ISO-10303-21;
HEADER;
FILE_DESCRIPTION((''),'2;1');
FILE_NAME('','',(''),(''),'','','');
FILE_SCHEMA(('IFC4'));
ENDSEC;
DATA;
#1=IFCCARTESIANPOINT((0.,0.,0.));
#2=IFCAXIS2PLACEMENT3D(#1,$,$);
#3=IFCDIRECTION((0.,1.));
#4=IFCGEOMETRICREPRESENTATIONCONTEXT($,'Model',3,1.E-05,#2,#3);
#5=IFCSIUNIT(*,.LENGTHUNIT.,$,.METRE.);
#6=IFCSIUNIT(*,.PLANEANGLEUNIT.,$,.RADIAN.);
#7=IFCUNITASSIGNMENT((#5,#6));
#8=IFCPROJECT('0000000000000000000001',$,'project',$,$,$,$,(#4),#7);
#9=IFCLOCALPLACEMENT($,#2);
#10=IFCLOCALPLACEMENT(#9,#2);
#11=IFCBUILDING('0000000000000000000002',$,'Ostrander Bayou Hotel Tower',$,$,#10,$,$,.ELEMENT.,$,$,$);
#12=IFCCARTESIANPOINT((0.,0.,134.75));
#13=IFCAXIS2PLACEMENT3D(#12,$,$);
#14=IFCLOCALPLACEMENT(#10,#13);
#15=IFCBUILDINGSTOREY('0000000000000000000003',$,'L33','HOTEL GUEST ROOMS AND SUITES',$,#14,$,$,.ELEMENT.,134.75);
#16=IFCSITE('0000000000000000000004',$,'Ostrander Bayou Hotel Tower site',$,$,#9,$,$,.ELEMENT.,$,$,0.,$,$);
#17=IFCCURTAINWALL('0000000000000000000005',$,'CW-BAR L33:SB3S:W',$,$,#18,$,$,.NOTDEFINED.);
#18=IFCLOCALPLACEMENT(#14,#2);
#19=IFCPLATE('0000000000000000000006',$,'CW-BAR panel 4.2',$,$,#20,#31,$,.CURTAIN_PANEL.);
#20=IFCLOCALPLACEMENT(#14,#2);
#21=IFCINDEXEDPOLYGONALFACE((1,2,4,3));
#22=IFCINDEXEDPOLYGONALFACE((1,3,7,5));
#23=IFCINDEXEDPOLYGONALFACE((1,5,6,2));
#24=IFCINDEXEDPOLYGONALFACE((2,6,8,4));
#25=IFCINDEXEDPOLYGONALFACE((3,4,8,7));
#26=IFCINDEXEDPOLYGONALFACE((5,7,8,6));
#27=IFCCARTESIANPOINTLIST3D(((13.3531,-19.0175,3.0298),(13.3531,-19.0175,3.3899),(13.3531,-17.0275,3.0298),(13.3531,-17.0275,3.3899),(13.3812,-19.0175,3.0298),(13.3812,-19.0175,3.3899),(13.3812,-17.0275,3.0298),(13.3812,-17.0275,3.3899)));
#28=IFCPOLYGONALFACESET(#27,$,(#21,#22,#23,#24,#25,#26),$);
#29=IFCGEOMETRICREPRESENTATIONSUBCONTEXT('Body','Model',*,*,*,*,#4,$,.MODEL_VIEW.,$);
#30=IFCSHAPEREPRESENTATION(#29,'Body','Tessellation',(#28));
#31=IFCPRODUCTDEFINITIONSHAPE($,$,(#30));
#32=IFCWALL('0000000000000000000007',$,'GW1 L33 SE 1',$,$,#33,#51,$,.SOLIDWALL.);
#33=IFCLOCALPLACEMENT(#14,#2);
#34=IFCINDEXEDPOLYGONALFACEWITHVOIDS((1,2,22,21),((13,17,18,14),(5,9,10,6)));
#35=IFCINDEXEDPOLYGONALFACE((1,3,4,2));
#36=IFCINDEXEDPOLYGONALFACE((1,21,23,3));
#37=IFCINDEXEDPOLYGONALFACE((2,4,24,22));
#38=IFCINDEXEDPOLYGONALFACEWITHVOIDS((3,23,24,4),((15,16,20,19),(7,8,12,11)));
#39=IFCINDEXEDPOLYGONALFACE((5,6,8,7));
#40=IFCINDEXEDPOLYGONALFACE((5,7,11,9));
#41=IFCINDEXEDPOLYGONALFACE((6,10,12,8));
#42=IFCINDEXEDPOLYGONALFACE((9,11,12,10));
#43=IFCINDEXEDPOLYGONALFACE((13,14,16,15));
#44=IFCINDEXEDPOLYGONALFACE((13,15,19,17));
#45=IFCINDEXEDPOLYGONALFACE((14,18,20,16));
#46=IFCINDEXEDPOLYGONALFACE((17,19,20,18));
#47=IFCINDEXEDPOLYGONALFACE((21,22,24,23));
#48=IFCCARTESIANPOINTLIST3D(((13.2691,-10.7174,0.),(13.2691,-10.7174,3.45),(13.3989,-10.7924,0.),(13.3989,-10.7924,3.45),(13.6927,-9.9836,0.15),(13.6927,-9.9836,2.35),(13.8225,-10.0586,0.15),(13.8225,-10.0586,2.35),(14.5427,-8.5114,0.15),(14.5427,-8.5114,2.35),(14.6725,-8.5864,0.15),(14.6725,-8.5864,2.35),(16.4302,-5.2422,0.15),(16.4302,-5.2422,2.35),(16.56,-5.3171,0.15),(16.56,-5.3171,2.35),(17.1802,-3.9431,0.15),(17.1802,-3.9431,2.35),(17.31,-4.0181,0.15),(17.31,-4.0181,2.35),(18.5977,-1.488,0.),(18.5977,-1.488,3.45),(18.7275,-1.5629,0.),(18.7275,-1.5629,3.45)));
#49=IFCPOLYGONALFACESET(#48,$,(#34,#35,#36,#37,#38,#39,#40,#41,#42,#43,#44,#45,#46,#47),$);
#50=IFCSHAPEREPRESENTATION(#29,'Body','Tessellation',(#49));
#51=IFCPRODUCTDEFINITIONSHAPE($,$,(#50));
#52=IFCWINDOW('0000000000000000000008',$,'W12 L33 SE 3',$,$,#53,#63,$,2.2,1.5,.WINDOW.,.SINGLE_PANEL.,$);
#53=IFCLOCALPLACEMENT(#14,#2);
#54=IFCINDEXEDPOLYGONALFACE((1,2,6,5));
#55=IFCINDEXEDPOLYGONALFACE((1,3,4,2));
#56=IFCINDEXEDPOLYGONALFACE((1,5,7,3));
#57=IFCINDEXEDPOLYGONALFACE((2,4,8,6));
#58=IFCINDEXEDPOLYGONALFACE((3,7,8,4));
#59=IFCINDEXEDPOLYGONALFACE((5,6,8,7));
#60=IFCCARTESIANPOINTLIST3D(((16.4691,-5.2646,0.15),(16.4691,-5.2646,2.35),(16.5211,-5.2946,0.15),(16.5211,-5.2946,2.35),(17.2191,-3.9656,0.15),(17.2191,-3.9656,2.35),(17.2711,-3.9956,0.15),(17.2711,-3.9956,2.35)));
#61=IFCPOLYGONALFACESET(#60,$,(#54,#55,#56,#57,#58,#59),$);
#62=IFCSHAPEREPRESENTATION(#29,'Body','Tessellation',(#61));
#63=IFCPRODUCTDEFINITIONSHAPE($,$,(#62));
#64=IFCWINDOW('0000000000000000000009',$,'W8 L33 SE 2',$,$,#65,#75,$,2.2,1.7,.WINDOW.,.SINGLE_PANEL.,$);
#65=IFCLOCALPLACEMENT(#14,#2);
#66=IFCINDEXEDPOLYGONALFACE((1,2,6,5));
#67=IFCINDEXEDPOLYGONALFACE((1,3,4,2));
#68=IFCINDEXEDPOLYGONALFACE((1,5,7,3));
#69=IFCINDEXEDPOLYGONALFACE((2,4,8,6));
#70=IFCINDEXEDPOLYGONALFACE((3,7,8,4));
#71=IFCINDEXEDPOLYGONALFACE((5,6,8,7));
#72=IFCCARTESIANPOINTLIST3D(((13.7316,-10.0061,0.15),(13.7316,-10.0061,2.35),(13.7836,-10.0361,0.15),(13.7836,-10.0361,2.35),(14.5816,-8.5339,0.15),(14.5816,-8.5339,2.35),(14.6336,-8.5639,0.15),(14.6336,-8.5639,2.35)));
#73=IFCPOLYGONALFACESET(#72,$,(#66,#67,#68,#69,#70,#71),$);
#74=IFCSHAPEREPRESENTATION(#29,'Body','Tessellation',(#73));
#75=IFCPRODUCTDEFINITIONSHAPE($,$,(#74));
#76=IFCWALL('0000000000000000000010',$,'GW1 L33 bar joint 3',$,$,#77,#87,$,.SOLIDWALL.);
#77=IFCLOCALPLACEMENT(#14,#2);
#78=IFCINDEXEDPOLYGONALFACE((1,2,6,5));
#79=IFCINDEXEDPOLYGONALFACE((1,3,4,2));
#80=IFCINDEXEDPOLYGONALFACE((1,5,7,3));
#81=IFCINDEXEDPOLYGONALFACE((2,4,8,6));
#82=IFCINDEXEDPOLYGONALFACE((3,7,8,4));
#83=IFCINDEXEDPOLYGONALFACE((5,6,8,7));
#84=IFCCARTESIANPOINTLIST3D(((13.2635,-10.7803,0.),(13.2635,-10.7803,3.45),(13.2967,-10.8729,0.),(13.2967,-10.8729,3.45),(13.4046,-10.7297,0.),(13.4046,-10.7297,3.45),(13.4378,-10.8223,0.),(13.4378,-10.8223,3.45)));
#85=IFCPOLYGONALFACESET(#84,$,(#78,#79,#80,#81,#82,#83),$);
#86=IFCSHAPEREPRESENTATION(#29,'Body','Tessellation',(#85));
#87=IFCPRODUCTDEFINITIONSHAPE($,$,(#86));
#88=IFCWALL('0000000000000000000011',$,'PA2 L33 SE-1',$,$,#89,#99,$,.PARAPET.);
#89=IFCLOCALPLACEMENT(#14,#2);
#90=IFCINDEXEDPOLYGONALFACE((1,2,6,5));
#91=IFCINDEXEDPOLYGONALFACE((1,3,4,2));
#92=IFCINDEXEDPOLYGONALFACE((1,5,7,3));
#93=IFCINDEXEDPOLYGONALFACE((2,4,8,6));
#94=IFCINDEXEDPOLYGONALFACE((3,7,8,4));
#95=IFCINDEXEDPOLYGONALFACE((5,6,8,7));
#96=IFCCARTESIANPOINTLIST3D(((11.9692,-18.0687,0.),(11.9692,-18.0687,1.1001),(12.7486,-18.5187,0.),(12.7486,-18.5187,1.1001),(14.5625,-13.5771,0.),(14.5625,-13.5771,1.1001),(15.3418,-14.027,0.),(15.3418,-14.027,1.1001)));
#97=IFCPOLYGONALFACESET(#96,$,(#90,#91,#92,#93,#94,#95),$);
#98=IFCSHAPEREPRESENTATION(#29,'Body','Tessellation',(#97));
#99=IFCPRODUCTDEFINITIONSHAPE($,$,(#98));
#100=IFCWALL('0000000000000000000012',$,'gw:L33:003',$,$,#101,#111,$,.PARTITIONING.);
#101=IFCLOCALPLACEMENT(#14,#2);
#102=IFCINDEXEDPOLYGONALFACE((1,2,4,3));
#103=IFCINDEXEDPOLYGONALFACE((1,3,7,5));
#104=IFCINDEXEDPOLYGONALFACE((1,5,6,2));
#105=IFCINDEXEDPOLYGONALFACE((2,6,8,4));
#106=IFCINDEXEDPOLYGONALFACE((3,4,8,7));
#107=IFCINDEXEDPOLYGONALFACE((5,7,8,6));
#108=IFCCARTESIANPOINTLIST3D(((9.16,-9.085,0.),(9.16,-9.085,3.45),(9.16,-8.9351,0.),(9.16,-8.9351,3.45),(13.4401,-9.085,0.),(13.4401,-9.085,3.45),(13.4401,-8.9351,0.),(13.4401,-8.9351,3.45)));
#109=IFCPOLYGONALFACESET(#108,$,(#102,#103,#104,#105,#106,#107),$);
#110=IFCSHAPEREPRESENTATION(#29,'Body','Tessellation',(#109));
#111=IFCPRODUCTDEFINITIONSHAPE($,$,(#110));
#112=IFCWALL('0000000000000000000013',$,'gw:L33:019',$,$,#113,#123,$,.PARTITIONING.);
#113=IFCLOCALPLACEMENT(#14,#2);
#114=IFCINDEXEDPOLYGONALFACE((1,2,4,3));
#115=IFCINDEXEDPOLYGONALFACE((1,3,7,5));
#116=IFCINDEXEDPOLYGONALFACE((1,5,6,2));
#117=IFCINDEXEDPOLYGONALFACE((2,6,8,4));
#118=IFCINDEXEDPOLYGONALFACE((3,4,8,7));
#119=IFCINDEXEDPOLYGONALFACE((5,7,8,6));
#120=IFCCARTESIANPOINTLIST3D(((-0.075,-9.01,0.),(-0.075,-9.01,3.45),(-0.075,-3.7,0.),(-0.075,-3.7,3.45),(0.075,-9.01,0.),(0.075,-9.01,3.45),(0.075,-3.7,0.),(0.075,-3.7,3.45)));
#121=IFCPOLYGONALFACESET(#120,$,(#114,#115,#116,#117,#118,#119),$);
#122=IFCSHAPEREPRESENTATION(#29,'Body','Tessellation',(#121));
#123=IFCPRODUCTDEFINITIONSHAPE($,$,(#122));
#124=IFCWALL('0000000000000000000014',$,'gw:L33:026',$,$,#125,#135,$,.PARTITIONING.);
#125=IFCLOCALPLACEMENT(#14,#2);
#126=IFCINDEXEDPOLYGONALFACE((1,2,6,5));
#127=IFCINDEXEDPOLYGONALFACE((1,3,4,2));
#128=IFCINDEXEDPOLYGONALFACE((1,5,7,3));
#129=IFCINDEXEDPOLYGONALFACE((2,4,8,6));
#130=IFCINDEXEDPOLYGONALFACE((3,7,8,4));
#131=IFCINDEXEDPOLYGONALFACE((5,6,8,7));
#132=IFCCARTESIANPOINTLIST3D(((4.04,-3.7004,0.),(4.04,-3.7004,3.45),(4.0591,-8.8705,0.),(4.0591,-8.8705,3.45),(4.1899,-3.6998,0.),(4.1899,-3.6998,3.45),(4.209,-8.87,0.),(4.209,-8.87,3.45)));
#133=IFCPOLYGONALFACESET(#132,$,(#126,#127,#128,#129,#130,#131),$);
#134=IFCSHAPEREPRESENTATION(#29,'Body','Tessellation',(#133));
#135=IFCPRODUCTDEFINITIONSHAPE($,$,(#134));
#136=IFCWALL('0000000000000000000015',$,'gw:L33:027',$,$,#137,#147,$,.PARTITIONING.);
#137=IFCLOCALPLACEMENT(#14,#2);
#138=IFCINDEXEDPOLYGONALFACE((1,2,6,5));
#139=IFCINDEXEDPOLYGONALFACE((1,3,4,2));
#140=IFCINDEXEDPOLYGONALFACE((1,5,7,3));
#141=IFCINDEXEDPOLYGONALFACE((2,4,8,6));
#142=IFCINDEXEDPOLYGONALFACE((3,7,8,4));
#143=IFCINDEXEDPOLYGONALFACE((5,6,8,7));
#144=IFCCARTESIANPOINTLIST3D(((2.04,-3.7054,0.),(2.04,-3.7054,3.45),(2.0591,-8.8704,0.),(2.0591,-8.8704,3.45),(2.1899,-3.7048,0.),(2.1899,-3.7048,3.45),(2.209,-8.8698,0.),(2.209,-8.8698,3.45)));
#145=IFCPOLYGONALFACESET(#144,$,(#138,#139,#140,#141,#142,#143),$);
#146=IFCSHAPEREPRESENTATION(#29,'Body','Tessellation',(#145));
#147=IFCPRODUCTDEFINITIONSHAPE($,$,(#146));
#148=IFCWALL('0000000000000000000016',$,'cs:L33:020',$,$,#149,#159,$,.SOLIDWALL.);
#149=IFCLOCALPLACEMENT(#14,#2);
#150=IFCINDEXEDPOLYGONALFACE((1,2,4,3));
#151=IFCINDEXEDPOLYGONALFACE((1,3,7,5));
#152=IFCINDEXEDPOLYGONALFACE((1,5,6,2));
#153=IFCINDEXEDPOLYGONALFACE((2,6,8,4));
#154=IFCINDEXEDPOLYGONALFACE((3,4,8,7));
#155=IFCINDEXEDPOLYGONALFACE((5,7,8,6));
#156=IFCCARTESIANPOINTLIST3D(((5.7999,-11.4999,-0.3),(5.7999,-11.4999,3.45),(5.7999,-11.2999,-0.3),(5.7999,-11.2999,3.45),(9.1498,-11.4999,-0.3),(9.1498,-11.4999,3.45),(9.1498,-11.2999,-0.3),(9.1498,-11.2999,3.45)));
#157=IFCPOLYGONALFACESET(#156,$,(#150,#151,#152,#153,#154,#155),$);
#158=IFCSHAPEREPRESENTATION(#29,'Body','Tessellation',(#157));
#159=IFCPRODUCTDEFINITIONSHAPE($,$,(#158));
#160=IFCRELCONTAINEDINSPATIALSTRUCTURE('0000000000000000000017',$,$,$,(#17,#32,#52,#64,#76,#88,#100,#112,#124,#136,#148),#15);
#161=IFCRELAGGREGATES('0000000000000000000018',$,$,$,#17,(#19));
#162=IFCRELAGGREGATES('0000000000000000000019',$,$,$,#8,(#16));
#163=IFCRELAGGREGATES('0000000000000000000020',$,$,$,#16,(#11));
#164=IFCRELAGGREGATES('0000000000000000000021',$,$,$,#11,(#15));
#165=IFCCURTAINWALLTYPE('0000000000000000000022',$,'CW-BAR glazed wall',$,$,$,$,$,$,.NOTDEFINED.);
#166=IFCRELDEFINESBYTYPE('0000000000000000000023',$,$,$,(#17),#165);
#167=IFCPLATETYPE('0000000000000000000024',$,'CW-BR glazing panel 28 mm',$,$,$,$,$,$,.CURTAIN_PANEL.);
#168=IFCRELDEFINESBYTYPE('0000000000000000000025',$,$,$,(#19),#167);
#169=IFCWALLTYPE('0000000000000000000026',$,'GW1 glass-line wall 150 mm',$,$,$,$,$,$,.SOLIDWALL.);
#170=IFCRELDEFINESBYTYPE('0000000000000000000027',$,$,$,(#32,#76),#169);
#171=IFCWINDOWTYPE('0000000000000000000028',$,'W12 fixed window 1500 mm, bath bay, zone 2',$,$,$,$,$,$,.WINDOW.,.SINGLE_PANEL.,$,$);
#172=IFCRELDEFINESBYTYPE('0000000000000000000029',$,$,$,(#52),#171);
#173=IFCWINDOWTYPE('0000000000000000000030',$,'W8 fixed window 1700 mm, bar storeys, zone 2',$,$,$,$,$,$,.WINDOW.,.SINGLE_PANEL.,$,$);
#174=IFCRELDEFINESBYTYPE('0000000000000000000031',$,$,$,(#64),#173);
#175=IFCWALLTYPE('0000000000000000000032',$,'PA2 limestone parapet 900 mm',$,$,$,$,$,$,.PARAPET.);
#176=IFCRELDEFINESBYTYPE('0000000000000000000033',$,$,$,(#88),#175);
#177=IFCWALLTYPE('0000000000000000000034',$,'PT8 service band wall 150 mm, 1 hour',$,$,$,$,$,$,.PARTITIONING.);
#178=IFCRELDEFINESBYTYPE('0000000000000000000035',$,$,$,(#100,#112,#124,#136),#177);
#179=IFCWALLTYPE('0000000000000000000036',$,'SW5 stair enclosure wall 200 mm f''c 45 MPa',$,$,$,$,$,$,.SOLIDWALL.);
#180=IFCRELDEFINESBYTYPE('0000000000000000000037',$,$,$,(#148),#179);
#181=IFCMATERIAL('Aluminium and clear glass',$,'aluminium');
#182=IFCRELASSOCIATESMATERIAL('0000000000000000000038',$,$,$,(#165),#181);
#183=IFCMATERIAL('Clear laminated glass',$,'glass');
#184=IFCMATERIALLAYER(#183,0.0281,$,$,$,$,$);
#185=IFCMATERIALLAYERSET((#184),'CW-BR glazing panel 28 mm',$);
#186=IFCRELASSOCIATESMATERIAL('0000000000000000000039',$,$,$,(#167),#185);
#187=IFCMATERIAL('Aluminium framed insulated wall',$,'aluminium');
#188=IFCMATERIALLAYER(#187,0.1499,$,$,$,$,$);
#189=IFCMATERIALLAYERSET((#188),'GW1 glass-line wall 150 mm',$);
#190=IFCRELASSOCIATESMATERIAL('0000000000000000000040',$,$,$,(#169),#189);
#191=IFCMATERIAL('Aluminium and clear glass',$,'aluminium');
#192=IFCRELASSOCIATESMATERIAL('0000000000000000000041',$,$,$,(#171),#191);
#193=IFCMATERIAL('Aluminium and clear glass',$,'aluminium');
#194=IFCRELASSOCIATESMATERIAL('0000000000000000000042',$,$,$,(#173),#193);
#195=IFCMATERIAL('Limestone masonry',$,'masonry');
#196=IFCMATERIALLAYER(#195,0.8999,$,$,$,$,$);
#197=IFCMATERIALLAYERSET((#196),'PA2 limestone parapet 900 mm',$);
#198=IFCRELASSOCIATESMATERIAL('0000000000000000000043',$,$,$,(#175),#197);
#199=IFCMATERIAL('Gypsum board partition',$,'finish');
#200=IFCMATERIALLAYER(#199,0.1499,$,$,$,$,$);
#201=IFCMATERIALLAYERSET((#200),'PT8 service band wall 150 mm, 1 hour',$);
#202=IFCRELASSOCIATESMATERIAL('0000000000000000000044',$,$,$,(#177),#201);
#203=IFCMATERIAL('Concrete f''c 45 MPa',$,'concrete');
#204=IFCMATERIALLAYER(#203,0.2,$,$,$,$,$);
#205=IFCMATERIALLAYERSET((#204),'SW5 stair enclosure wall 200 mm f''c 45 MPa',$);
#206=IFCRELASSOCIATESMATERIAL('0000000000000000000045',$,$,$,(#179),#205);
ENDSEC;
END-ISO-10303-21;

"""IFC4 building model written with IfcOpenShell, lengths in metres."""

from ifc_helpers import new_model, si_unit, direction, frame, frame_2d, origin, origin_2d, place, context, subcontext, project, spatial, rectangle, extrude, material, layer, layer_set, type_object, element, fill, aggregate, save


model = new_model("IFC4")

# Units and contexts
model_context = context("Model", 3, precision=1e-05, world=origin(), true_north=direction((0.0, 1.0)))
body_context = subcontext(model_context, "Body", "Model", "MODEL_VIEW")
ifc_project = project(units=[si_unit("LENGTHUNIT", "METRE"), si_unit("PLANEANGLEUNIT", "RADIAN")], contexts=[model_context])

# Site, building, storey
site_placement = place(None, origin())
site = spatial("IfcSite", under=ifc_project, at=site_placement, Name="Ostrander Bayou Hotel Tower site", CompositionType="ELEMENT", RefElevation=0.0)
building_placement = place(site_placement, origin())
building = spatial("IfcBuilding", under=site, at=building_placement, Name="Ostrander Bayou Hotel Tower", CompositionType="ELEMENT")
storey_placement = place(building_placement, frame((0.0, 0.0, 134.75)))
storey = spatial("IfcBuildingStorey", under=building, at=storey_placement, Name="L33", Description="HOTEL GUEST ROOMS AND SUITES", CompositionType="ELEMENT", Elevation=134.75)

# Curtain wall
ifc_material_1 = material(Name="Aluminium and clear glass", Category="aluminium")
curtain_wall_type = type_object("IfcCurtainWallType", Name="CW-BAR glazed wall", PredefinedType="NOTDEFINED", material=ifc_material_1)
curtain_wall_placement = place(storey_placement, origin())
curtain_wall = element("IfcCurtainWall", 1, at=curtain_wall_placement, inside=storey, type_object=curtain_wall_type, Name="CW-BAR L33:SB3S:W", PredefinedType="NOTDEFINED")

# Plate
ifc_material_2 = material(Name="Clear laminated glass", Category="glass")
ifc_layer_1 = layer(ifc_material_2, 0.0281)
ifc_layer_set_1 = layer_set([ifc_layer_1], Name="CW-BR glazing panel 28 mm")
plate_type = type_object("IfcPlateType", Name="CW-BR glazing panel 28 mm", PredefinedType="CURTAIN_PANEL", material=ifc_layer_set_1)
plate_1_placement = place(storey_placement, frame((13.3672, -18.0225, 3.0298), z_axis=(0.0, 0.0, 1.0), x_axis=(0.0, -1.0, 0.0)))
plate_1 = element("IfcPlate", 2, at=plate_1_placement, type_object=plate_type, Name="CW-BAR panel 4.2", PredefinedType="CURTAIN_PANEL", context=body_context, shape_type="SweptSolid", body=[
    extrude(rectangle(XDim=1.99, YDim=0.0281, at=origin_2d()), origin(), (0.0, 0.0, 1.0), 0.3601),
])
aggregate(curtain_wall, [plate_1])

# Wall, openings, windows
ifc_material_3 = material(Name="Aluminium framed insulated wall", Category="aluminium")
ifc_layer_2 = layer(ifc_material_3, 0.1499)
ifc_layer_set_2 = layer_set([ifc_layer_2], Name="GW1 glass-line wall 150 mm")
wall_type_1 = type_object("IfcWallType", Name="GW1 glass-line wall 150 mm", PredefinedType="SOLIDWALL", material=ifc_layer_set_2)
wall_1_placement = place(storey_placement, frame((13.334, -10.7549, 0.0), z_axis=(0.0, 0.0, 1.0), x_axis=(0.499997, 0.866027, 0.0)))
wall_1 = element("IfcWall", 3, at=wall_1_placement, inside=storey, type_object=wall_type_1, Name="GW1 L33 SE 1", PredefinedType="SOLIDWALL", context=body_context, shape_type="SweptSolid", body=[
    extrude(rectangle(XDim=10.6572, YDim=0.1499, at=frame_2d((5.3286, 0.0))), origin(), (0.0, 0.0, 1.0), 3.45),
])
opening_1_placement = place(wall_1_placement, frame((0.8472, 0.0, 0.1499)))
opening_1 = element("IfcOpeningElement", 4, at=opening_1_placement, cuts=wall_1, PredefinedType="OPENING", context=body_context, shape_type="SweptSolid", body=[
    extrude(rectangle(XDim=1.7, YDim=2.2, at=frame_2d((0.8501, 1.1001))), frame((0.0, 0.075, 0.0), z_axis=(0.0, -1.0, 0.0), x_axis=(1.0, 0.0, 0.0)), (0.0, 0.0, 1.0), 0.1499),
])
opening_2_placement = place(wall_1_placement, frame((6.3223, 0.0, 0.1499)))
opening_2 = element("IfcOpeningElement", 5, at=opening_2_placement, cuts=wall_1, PredefinedType="OPENING", context=body_context, shape_type="SweptSolid", body=[
    extrude(rectangle(XDim=1.5, YDim=2.2, at=frame_2d((0.75, 1.1001))), frame((0.0, 0.075, 0.0), z_axis=(0.0, -1.0, 0.0), x_axis=(1.0, 0.0, 0.0)), (0.0, 0.0, 1.0), 0.1499),
])
ifc_material_4 = material(Name="Aluminium and clear glass", Category="aluminium")
window_type_1 = type_object("IfcWindowType", Name="W12 fixed window 1500 mm, bath bay, zone 2", PartitioningType="SINGLE_PANEL", PredefinedType="WINDOW", material=ifc_material_4)
window_1_placement = place(opening_2_placement, origin())
window_1 = element("IfcWindow", 6, at=window_1_placement, inside=storey, type_object=window_type_1, Name="W12 L33 SE 3", OverallHeight=2.2, OverallWidth=1.5, PartitioningType="SINGLE_PANEL", PredefinedType="WINDOW", context=body_context, shape_type="SweptSolid", body=[
    extrude(rectangle(XDim=1.5, YDim=2.2, at=frame_2d((0.75, 1.1001))), frame((0.0, 0.03, 0.0), z_axis=(0.0, -1.0, 0.0), x_axis=(1.0, 0.0, 0.0)), (0.0, 0.0, 1.0), 0.0601),
])
fill(opening_2, window_1)
ifc_material_5 = material(Name="Aluminium and clear glass", Category="aluminium")
window_type_2 = type_object("IfcWindowType", Name="W8 fixed window 1700 mm, bar storeys, zone 2", PartitioningType="SINGLE_PANEL", PredefinedType="WINDOW", material=ifc_material_5)
window_2_placement = place(opening_1_placement, origin())
window_2 = element("IfcWindow", 7, at=window_2_placement, inside=storey, type_object=window_type_2, Name="W8 L33 SE 2", OverallHeight=2.2, OverallWidth=1.7, PartitioningType="SINGLE_PANEL", PredefinedType="WINDOW", context=body_context, shape_type="SweptSolid", body=[
    extrude(rectangle(XDim=1.7, YDim=2.2, at=frame_2d((0.8501, 1.1001))), frame((0.0, 0.03, 0.0), z_axis=(0.0, -1.0, 0.0), x_axis=(1.0, 0.0, 0.0)), (0.0, 0.0, 1.0), 0.0601),
])
fill(opening_1, window_2)

# Walls
wall_2_placement = place(storey_placement, frame((13.334, -10.7549, 0.0), z_axis=(0.0, 0.0, 1.0), x_axis=(0.337752, -0.941235, 0.0)))
element("IfcWall", 8, at=wall_2_placement, inside=storey, type_object=wall_type_1, Name="GW1 L33 bar joint 3", PredefinedType="SOLIDWALL", context=body_context, shape_type="SweptSolid", body=[
    extrude(rectangle(XDim=0.0984, YDim=0.1499, at=frame_2d((0.0493, 0.0))), origin(), (0.0, 0.0, 1.0), 3.45),
])
ifc_material_6 = material(Name="Limestone masonry", Category="masonry")
ifc_layer_3 = layer(ifc_material_6, 0.8999)
ifc_layer_set_3 = layer_set([ifc_layer_3], Name="PA2 limestone parapet 900 mm")
wall_type_2 = type_object("IfcWallType", Name="PA2 limestone parapet 900 mm", PredefinedType="PARAPET", material=ifc_layer_set_3)
wall_3_placement = place(storey_placement, frame((12.3589, -18.2937, 0.0), z_axis=(0.0, 0.0, 1.0), x_axis=(0.499997, 0.866027, 0.0)))
element("IfcWall", 9, at=wall_3_placement, inside=storey, type_object=wall_type_2, Name="PA2 L33 SE-1", PredefinedType="PARAPET", context=body_context, shape_type="SweptSolid", body=[
    extrude(rectangle(XDim=5.1865, YDim=0.8999, at=frame_2d((2.5933, 0.0))), origin(), (0.0, 0.0, 1.0), 1.1001),
])
ifc_material_7 = material(Name="Gypsum board partition", Category="finish")
ifc_layer_4 = layer(ifc_material_7, 0.1499)
ifc_layer_set_4 = layer_set([ifc_layer_4], Name="PT8 service band wall 150 mm, 1 hour")
wall_type_3 = type_object("IfcWallType", Name="PT8 service band wall 150 mm, 1 hour", PredefinedType="PARTITIONING", material=ifc_layer_set_4)
wall_4_placement = place(storey_placement, frame((9.1599, -9.01, 0.0), z_axis=(0.0, 0.0, 1.0), x_axis=(1.0, 0.0, 0.0)))
element("IfcWall", 10, at=wall_4_placement, inside=storey, type_object=wall_type_3, Name="gw:L33:003", PredefinedType="PARTITIONING", context=body_context, shape_type="SweptSolid", body=[
    extrude(rectangle(XDim=4.28, YDim=0.1499, at=frame_2d((2.1401, 0.0))), origin(), (0.0, 0.0, 1.0), 3.45),
])
wall_5_placement = place(storey_placement, frame((0.0, -9.01, 0.0), z_axis=(0.0, 0.0, 1.0), x_axis=(0.0, 1.0, 0.0)))
element("IfcWall", 11, at=wall_5_placement, inside=storey, type_object=wall_type_3, Name="gw:L33:019", PredefinedType="PARTITIONING", context=body_context, shape_type="SweptSolid", body=[
    extrude(rectangle(XDim=5.3101, YDim=0.1499, at=frame_2d((2.655, 0.0))), origin(), (0.0, 0.0, 1.0), 3.45),
])
wall_6_placement = place(storey_placement, frame((4.134, -8.8701, 0.0), z_axis=(0.0, 0.0, 1.0), x_axis=(-0.003683, 0.999993, 0.0)))
element("IfcWall", 12, at=wall_6_placement, inside=storey, type_object=wall_type_3, Name="gw:L33:026", PredefinedType="PARTITIONING", context=body_context, shape_type="SweptSolid", body=[
    extrude(rectangle(XDim=5.1702, YDim=0.1499, at=frame_2d((2.585, 0.0))), origin(), (0.0, 0.0, 1.0), 3.45),
])
wall_7_placement = place(storey_placement, frame((2.134, -8.8701, 0.0), z_axis=(0.0, 0.0, 1.0), x_axis=(-0.003687, 0.999993, 0.0)))
element("IfcWall", 13, at=wall_7_placement, inside=storey, type_object=wall_type_3, Name="gw:L33:027", PredefinedType="PARTITIONING", context=body_context, shape_type="SweptSolid", body=[
    extrude(rectangle(XDim=5.165, YDim=0.1499, at=frame_2d((2.5825, 0.0))), origin(), (0.0, 0.0, 1.0), 3.45),
])
ifc_material_8 = material(Name="Concrete f'c 45 MPa", Category="concrete")
ifc_layer_5 = layer(ifc_material_8, 0.2)
ifc_layer_set_5 = layer_set([ifc_layer_5], Name="SW5 stair enclosure wall 200 mm f'c 45 MPa")
wall_type_4 = type_object("IfcWallType", Name="SW5 stair enclosure wall 200 mm f'c 45 MPa", PredefinedType="SOLIDWALL", material=ifc_layer_set_5)
wall_8_placement = place(storey_placement, frame((5.8, -11.3999, -0.3), z_axis=(0.0, 0.0, 1.0), x_axis=(1.0, 0.0, 0.0)))
element("IfcWall", 14, at=wall_8_placement, inside=storey, type_object=wall_type_4, Name="cs:L33:020", PredefinedType="SOLIDWALL", context=body_context, shape_type="SweptSolid", body=[
    extrude(rectangle(XDim=3.3499, YDim=0.2, at=frame_2d((1.6748, 0.0))), origin(), (0.0, 0.0, 1.0), 3.75),
])

save(model, "model.ifc")
